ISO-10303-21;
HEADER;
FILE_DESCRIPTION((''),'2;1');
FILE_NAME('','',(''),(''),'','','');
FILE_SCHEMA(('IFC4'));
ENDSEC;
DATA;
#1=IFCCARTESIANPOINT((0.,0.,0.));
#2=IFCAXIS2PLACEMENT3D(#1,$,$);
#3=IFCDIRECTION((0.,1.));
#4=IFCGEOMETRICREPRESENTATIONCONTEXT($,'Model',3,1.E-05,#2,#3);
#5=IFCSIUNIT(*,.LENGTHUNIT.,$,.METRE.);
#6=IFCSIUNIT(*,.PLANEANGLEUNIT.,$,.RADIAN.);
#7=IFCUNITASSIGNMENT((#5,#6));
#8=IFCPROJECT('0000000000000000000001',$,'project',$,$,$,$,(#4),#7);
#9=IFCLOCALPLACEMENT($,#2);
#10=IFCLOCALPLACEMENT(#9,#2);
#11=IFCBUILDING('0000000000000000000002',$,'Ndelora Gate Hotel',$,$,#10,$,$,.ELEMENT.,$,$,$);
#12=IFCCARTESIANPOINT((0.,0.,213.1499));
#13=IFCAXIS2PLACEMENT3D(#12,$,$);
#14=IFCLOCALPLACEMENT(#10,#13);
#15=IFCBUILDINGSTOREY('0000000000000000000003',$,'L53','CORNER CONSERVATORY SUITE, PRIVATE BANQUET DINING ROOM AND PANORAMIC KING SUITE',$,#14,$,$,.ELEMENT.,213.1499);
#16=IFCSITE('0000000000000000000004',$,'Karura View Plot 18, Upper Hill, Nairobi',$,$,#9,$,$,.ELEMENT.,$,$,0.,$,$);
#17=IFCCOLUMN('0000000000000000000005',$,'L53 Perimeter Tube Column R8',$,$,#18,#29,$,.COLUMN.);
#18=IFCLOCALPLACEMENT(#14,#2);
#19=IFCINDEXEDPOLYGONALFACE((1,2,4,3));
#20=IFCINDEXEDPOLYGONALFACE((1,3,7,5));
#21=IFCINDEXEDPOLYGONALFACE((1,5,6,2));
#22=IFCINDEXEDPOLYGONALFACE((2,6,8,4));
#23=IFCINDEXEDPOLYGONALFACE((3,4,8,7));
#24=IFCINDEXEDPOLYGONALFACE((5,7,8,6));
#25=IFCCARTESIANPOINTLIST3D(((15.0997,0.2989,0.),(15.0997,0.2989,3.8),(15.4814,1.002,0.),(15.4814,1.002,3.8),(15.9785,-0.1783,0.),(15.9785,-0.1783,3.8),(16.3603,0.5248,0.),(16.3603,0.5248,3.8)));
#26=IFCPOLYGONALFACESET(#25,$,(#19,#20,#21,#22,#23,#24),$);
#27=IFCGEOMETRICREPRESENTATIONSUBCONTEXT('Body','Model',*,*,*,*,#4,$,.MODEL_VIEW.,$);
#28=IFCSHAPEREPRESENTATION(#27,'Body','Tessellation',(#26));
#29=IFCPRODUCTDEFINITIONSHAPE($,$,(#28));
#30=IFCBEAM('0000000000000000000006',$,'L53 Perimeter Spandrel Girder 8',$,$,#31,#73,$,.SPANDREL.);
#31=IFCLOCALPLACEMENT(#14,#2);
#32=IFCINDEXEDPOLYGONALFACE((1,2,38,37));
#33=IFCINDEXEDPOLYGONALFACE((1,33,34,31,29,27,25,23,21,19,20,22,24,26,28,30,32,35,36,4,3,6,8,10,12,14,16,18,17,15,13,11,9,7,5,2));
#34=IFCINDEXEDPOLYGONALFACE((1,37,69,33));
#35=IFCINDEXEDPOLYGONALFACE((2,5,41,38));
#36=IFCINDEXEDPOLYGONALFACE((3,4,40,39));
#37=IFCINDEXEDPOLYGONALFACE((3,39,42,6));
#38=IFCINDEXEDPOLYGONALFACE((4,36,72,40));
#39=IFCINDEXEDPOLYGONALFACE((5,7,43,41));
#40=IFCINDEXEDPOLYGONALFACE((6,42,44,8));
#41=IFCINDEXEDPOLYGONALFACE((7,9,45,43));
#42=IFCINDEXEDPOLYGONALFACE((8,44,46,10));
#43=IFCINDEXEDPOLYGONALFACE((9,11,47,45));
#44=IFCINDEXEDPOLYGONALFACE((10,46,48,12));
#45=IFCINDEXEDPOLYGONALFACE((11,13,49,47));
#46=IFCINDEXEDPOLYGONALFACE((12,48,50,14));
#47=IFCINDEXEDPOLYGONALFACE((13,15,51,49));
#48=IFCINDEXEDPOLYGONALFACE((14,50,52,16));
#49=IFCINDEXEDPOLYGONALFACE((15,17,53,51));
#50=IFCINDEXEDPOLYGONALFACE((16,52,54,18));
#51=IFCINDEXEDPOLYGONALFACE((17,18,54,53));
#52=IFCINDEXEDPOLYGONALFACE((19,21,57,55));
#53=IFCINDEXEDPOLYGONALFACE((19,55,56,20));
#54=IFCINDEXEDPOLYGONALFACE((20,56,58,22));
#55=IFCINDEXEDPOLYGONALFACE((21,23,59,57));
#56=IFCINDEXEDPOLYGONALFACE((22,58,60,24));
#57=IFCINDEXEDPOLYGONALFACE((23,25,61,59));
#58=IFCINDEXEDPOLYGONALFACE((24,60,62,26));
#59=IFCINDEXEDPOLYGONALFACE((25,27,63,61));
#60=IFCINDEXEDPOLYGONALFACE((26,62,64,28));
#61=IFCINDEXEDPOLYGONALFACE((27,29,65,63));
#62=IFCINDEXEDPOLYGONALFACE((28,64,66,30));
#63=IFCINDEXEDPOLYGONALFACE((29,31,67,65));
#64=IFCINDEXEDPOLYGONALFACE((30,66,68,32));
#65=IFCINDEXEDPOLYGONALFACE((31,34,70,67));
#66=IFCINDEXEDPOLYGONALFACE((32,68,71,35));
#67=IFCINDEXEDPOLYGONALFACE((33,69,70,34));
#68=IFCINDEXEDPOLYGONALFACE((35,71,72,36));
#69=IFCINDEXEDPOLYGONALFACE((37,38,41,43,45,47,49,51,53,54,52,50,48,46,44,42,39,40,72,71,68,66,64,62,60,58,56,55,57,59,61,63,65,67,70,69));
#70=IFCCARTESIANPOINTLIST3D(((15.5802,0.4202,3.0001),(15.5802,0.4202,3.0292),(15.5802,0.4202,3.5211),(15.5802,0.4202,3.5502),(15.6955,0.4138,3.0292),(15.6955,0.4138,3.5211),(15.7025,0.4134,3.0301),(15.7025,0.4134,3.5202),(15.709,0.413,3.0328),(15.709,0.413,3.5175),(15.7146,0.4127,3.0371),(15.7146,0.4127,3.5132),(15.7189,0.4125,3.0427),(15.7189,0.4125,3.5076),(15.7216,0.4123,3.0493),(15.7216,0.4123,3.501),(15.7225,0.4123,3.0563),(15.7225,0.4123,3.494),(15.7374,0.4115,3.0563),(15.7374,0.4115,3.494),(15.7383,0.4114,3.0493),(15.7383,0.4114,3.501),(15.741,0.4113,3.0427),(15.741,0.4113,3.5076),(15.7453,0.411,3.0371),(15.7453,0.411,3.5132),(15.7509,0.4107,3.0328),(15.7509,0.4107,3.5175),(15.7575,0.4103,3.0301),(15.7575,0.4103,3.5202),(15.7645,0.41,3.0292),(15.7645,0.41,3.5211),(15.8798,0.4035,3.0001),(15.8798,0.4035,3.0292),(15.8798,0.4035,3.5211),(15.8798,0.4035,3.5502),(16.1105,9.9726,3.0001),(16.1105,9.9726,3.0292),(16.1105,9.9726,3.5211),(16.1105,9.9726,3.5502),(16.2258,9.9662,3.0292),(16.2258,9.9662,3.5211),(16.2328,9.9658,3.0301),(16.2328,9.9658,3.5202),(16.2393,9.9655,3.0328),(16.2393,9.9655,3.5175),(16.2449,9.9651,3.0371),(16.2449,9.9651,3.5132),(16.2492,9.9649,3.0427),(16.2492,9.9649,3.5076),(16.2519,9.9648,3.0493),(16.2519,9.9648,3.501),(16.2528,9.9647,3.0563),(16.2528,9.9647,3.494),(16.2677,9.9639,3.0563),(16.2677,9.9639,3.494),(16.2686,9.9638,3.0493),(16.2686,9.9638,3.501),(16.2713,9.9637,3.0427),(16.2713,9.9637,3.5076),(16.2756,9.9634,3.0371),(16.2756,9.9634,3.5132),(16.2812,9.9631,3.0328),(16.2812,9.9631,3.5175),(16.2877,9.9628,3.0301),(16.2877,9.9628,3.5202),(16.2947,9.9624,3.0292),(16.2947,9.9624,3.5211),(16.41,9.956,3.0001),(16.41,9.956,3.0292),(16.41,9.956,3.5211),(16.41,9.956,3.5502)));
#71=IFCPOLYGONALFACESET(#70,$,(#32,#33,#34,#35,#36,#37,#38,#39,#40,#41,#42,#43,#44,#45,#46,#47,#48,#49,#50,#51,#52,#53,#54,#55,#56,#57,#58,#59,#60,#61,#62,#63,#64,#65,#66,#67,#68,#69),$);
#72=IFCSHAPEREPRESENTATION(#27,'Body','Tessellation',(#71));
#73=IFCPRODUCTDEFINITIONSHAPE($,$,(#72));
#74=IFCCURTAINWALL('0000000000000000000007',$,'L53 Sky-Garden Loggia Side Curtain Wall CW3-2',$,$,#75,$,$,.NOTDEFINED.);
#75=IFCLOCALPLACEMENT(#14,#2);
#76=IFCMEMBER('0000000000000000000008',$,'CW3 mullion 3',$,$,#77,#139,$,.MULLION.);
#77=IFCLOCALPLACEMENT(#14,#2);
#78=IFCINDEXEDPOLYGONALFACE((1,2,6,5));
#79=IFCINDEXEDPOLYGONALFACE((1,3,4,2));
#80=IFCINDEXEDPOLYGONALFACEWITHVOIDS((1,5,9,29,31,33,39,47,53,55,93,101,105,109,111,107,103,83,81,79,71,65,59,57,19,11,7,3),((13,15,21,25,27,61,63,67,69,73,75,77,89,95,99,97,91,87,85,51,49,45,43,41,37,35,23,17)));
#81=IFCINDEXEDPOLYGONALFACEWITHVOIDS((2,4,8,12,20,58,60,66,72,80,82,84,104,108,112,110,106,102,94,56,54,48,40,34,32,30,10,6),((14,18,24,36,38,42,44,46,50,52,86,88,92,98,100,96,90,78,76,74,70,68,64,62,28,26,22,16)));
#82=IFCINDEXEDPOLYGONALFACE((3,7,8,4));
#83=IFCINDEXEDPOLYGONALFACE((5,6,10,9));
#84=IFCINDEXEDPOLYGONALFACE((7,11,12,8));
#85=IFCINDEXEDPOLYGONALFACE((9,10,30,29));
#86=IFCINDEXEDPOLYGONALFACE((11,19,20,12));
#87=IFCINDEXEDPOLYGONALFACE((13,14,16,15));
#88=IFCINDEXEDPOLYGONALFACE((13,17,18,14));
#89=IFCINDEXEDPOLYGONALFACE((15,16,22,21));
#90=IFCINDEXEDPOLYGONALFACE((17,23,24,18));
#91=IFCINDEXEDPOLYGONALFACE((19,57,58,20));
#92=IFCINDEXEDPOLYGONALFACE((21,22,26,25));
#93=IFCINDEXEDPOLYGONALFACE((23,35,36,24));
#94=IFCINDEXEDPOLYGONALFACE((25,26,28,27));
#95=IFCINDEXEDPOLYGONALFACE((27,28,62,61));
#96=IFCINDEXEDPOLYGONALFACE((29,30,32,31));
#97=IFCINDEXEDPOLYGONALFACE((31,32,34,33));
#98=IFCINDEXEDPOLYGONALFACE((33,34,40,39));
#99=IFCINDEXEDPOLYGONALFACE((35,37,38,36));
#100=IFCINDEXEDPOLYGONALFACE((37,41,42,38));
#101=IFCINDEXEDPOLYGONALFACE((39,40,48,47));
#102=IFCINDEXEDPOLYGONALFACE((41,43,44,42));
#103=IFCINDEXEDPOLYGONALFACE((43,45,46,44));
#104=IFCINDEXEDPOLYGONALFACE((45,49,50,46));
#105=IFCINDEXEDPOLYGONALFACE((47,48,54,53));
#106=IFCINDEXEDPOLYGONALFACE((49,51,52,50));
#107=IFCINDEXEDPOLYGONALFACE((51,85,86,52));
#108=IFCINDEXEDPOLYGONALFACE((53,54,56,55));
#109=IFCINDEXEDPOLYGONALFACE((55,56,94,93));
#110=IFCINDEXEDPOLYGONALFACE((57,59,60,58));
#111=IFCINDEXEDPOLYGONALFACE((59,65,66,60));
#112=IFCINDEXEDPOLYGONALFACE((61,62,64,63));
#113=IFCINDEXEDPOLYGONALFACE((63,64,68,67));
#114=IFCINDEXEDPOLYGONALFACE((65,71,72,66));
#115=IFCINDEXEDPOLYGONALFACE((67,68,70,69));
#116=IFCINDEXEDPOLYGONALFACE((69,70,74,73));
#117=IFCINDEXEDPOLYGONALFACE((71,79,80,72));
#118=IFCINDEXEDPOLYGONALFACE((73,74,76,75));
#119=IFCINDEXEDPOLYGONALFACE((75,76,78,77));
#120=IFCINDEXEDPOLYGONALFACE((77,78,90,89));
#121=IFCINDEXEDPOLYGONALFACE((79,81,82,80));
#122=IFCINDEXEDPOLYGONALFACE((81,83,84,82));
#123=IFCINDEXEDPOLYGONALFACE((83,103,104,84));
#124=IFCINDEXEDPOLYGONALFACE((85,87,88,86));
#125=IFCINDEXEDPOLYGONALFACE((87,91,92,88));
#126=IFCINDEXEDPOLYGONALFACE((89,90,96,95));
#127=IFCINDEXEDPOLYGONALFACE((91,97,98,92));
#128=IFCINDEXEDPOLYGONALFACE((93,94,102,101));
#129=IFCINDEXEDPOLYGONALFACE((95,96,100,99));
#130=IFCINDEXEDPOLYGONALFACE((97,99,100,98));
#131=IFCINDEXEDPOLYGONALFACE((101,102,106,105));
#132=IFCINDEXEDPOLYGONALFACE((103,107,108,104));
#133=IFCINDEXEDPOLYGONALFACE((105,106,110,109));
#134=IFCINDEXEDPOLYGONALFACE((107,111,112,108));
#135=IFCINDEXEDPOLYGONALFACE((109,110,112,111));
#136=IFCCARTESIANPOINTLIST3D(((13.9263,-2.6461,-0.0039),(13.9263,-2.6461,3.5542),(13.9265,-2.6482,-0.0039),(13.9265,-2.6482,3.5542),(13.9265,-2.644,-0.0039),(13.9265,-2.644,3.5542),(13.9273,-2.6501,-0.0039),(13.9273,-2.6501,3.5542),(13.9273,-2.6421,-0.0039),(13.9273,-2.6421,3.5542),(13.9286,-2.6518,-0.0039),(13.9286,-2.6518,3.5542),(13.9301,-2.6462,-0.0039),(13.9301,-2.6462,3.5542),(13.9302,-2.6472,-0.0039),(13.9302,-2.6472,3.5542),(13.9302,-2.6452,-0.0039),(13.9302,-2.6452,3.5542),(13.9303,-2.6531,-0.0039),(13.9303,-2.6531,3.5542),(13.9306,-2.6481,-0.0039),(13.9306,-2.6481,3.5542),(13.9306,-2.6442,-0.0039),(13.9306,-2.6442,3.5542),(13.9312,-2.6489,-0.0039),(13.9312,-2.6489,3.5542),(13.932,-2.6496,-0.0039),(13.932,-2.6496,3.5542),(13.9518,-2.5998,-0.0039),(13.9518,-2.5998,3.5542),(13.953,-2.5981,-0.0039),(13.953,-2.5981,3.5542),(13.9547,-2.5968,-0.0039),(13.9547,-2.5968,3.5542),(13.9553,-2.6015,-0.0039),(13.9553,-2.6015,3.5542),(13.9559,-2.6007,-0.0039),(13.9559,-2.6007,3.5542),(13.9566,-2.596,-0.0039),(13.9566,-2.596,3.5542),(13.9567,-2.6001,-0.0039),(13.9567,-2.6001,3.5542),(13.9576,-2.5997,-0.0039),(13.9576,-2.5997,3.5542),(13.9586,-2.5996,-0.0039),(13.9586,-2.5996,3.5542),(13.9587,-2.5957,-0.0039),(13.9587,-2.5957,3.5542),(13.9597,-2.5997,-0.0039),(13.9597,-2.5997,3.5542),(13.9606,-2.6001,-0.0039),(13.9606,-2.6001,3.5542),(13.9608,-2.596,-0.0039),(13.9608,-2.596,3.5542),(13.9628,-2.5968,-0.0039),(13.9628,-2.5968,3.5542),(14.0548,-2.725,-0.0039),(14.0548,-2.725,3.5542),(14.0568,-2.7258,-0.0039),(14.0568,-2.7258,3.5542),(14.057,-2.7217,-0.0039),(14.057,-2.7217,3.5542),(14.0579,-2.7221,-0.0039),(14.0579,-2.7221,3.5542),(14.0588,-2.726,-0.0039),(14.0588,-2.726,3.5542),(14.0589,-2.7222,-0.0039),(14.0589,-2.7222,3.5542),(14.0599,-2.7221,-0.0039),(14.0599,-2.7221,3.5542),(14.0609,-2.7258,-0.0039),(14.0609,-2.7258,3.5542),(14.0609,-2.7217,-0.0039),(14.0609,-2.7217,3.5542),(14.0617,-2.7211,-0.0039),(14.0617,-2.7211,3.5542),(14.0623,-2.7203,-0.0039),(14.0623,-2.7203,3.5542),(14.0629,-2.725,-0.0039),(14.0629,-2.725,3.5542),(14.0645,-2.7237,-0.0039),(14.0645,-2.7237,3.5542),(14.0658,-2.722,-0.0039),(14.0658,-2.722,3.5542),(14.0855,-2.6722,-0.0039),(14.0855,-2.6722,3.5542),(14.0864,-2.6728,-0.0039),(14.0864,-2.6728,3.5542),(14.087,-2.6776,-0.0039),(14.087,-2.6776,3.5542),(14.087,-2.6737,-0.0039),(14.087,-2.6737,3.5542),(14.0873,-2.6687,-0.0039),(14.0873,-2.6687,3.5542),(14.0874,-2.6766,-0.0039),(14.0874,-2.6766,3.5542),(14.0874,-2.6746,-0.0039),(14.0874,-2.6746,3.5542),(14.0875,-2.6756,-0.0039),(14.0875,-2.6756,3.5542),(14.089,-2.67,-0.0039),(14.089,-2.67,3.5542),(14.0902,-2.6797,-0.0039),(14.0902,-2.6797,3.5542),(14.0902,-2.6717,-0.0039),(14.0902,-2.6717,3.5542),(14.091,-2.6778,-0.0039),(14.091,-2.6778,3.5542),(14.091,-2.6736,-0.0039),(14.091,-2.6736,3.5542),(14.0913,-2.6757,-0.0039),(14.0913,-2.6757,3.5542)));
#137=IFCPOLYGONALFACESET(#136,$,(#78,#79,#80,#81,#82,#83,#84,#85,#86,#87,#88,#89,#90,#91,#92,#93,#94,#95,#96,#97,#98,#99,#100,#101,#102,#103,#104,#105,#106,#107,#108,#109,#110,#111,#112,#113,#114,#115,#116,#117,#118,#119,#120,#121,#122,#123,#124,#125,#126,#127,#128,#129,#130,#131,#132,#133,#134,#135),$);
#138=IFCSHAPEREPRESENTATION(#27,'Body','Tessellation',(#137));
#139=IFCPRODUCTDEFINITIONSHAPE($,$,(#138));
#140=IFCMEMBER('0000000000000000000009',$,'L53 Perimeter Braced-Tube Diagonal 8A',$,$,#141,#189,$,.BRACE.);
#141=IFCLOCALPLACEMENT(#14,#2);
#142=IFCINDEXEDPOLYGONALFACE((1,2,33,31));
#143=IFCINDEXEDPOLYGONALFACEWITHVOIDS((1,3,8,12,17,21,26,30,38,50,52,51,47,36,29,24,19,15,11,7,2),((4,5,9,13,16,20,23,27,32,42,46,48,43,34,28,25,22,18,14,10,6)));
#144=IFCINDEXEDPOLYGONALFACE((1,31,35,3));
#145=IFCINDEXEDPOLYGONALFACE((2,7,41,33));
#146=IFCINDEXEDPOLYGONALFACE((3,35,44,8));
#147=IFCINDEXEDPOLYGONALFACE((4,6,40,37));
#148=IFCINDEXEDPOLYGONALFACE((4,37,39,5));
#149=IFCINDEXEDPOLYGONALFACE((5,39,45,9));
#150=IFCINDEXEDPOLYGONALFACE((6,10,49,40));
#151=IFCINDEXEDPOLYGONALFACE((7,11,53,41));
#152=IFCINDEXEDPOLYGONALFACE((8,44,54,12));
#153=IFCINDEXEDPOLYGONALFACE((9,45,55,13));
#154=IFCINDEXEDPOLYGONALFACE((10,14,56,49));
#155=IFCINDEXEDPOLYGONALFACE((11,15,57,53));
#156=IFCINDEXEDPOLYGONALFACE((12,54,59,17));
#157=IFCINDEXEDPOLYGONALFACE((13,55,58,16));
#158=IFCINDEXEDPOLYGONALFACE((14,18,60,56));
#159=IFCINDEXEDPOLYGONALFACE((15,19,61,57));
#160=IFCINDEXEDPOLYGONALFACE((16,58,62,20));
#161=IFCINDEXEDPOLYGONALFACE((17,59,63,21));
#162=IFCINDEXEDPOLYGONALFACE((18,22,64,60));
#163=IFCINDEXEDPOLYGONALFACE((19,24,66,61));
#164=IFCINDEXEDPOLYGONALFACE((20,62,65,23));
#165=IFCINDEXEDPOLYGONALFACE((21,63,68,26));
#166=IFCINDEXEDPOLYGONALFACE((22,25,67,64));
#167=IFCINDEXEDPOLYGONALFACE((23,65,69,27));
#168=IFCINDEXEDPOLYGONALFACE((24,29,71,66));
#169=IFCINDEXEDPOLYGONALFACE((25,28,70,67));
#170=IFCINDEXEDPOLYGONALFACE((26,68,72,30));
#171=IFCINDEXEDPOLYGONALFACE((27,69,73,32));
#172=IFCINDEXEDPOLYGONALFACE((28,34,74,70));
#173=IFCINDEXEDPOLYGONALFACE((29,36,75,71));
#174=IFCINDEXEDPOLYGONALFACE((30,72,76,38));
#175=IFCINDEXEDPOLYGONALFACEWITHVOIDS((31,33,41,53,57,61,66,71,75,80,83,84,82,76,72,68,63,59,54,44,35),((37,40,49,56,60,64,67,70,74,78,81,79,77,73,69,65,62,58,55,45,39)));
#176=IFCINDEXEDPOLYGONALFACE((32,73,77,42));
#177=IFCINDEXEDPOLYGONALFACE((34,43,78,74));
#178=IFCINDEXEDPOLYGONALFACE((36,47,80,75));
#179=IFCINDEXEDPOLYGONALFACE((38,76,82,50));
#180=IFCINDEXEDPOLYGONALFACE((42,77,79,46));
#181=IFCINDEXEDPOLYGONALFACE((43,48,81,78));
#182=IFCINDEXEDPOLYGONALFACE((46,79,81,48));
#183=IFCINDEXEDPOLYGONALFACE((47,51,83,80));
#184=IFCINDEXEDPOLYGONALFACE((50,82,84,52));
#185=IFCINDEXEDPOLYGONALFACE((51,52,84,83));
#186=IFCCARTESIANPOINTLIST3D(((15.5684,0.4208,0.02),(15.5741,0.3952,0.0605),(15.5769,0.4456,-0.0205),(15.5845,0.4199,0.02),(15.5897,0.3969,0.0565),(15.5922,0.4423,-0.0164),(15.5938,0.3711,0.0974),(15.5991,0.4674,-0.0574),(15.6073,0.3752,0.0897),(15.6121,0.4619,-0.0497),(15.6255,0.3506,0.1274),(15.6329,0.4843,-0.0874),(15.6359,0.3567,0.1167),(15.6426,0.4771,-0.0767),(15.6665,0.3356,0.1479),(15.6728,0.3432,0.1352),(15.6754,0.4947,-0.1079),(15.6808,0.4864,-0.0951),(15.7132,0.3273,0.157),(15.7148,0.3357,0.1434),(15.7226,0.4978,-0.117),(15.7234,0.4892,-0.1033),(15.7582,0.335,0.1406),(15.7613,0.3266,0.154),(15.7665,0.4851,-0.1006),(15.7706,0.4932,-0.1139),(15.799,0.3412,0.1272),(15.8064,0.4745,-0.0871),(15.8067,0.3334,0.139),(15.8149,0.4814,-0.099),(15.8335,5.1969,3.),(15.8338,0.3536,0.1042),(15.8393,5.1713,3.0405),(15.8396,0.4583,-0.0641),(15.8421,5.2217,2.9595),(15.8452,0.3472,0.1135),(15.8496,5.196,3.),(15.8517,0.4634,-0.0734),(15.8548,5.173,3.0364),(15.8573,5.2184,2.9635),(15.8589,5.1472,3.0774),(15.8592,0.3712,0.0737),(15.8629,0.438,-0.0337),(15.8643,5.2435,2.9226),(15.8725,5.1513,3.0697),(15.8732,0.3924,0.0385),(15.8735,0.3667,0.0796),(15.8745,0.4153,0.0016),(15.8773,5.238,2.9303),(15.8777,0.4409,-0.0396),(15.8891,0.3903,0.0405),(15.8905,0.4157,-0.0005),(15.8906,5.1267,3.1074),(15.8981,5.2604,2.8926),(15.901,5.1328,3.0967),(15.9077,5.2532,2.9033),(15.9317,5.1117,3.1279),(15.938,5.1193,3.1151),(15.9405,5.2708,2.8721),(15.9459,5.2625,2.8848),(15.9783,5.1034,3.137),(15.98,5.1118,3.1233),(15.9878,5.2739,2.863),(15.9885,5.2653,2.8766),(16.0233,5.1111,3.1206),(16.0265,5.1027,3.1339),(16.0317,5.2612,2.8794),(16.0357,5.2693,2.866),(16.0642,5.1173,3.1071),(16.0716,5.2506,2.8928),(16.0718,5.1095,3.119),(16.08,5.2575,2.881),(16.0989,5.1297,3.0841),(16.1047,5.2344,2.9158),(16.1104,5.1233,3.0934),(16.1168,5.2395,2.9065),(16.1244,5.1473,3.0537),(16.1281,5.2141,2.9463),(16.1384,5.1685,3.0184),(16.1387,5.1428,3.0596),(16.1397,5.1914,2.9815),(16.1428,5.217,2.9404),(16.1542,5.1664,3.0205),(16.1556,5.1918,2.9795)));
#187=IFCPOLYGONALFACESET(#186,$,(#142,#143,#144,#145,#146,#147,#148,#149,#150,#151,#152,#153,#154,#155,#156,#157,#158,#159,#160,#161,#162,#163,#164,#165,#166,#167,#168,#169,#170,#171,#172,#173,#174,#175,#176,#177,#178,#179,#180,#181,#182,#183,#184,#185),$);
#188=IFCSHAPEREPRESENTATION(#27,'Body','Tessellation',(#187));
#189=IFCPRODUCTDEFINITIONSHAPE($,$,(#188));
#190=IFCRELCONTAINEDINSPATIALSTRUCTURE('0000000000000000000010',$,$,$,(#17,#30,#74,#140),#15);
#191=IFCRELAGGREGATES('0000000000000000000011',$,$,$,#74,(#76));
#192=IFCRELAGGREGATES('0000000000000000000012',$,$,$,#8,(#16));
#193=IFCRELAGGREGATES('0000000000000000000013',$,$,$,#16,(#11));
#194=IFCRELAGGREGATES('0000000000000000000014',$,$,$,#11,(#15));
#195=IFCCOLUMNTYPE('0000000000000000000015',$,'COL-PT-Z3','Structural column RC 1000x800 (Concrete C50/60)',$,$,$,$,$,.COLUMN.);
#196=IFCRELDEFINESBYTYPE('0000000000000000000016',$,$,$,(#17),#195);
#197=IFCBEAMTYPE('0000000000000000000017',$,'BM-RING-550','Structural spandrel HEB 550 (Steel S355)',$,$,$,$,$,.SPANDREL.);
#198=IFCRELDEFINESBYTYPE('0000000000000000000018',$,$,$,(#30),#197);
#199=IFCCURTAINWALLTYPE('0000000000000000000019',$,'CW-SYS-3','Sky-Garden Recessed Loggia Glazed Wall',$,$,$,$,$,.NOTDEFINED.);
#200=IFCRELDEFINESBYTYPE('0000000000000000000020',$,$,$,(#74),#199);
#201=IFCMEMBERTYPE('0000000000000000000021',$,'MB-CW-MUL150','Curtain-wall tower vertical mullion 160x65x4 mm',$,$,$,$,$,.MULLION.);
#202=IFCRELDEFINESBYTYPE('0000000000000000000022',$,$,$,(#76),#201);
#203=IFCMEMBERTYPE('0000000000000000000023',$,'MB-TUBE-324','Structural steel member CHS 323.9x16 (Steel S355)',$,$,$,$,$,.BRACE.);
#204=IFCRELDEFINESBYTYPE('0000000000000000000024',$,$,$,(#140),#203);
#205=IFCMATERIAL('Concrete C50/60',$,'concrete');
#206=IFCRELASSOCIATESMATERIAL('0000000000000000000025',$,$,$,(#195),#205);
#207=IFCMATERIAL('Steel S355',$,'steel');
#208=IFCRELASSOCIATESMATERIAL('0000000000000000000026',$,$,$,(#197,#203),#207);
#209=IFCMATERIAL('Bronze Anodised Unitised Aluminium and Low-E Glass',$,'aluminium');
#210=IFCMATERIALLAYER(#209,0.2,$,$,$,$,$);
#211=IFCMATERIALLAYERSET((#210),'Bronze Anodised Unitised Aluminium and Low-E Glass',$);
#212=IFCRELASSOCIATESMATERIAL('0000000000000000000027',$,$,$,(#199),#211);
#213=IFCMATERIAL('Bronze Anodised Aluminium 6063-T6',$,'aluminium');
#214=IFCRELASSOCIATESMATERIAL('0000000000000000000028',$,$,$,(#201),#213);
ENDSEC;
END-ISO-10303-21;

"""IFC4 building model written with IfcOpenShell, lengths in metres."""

from ifc_helpers import new_model, si_unit, direction, frame, origin, origin_2d, place, context, subcontext, project, spatial, rectangle, hollow_rectangle, hollow_circle, i_section, extrude, material, layer, layer_set, material_profile, profile_set, type_object, element, aggregate, save


model = new_model("IFC4")

# Units and contexts
model_context = context("Model", 3, precision=1e-05, world=origin(), true_north=direction((0.0, 1.0)))
body_context = subcontext(model_context, "Body", "Model", "MODEL_VIEW")
ifc_project = project(units=[si_unit("LENGTHUNIT", "METRE"), si_unit("PLANEANGLEUNIT", "RADIAN")], contexts=[model_context])

# Site, building, storey
site_placement = place(None, origin())
site = spatial("IfcSite", under=ifc_project, at=site_placement, Name="Karura View Plot 18, Upper Hill, Nairobi", CompositionType="ELEMENT", RefElevation=0.0)
building_placement = place(site_placement, origin())
building = spatial("IfcBuilding", under=site, at=building_placement, Name="Ndelora Gate Hotel", CompositionType="ELEMENT")
storey_placement = place(building_placement, frame((0.0, 0.0, 213.1499)))
storey = spatial("IfcBuildingStorey", under=building, at=storey_placement, Name="L53", Description="CORNER CONSERVATORY SUITE, PRIVATE BANQUET DINING ROOM AND PANORAMIC KING SUITE", CompositionType="ELEMENT", Elevation=213.1499)

# Column
ifc_material_1 = material(Name="Concrete C50/60", Category="concrete")
ifc_material_profile_1 = material_profile(ifc_material_1, rectangle(XDim=0.8, YDim=1.0, at=origin_2d()), Name="RC 1000x800")
ifc_profile_set_1 = profile_set([ifc_material_profile_1], Name="Concrete C50/60")
column_type = type_object("IfcColumnType", Name="COL-PT-Z3", Description="Structural column RC 1000x800 (Concrete C50/60)", PredefinedType="COLUMN", material=ifc_profile_set_1)
column_placement = place(storey_placement, frame((15.73, 0.4119, 0.0), z_axis=(0.0, 0.0, 1.0), x_axis=(0.477159, 0.878817, 0.0)))
element("IfcColumn", 1, at=column_placement, inside=storey, type_object=column_type, Name="L53 Perimeter Tube Column R8", PredefinedType="COLUMN", context=body_context, shape_type="SweptSolid", body=[
    extrude(rectangle(XDim=0.8, YDim=1.0, at=origin_2d()), origin(), (0.0, 0.0, 1.0), 3.8),
])

# Beam
ifc_material_2 = material(Name="Steel S355", Category="steel")
ifc_material_profile_2 = material_profile(ifc_material_2, i_section(OverallWidth=0.3, OverallDepth=0.55, WebThickness=0.0149, FlangeThickness=0.0291, FilletRadius=0.0271, at=origin_2d()), Name="HEB 550")
ifc_profile_set_2 = profile_set([ifc_material_profile_2], Name="Steel S355")
beam_type = type_object("IfcBeamType", Name="BM-RING-550", Description="Structural spandrel HEB 550 (Steel S355)", PredefinedType="SPANDREL", material=ifc_profile_set_2)
beam_placement = place(storey_placement, frame((15.73, 0.4119, 3.2751), z_axis=(0.055426, 0.998463, 0.0), x_axis=(-0.998463, 0.055426, 0.0)))
element("IfcBeam", 2, at=beam_placement, inside=storey, type_object=beam_type, Name="L53 Perimeter Spandrel Girder 8", PredefinedType="SPANDREL", context=body_context, shape_type="SweptSolid", body=[
    extrude(i_section(OverallWidth=0.3, OverallDepth=0.55, WebThickness=0.0149, FlangeThickness=0.0291, FilletRadius=0.0271, at=origin_2d()), origin(), (0.0, 0.0, 1.0), 9.5671),
])

# Curtain wall, member
ifc_material_3 = material(Name="Bronze Anodised Unitised Aluminium and Low-E Glass", Category="aluminium")
ifc_layer_1 = layer(ifc_material_3, 0.2)
ifc_layer_set_1 = layer_set([ifc_layer_1], Name="Bronze Anodised Unitised Aluminium and Low-E Glass")
curtain_wall_type = type_object("IfcCurtainWallType", Name="CW-SYS-3", Description="Sky-Garden Recessed Loggia Glazed Wall", PredefinedType="NOTDEFINED", material=ifc_layer_set_1)
curtain_wall_placement = place(storey_placement, origin())
curtain_wall = element("IfcCurtainWall", 3, at=curtain_wall_placement, inside=storey, type_object=curtain_wall_type, Name="L53 Sky-Garden Loggia Side Curtain Wall CW3-2", PredefinedType="NOTDEFINED")
ifc_material_4 = material(Name="Bronze Anodised Aluminium 6063-T6", Category="aluminium")
ifc_material_profile_3 = material_profile(ifc_material_4, hollow_rectangle(XDim=0.0649, YDim=0.1599, WallThickness=0.0039, InnerFilletRadius=0.0039, OuterFilletRadius=0.0081, at=origin_2d()), Name="ALU 160x65x4")
ifc_profile_set_3 = profile_set([ifc_material_profile_3], Name="Bronze Anodised Aluminium 6063-T6")
member_type_1 = type_object("IfcMemberType", Name="MB-CW-MUL150", Description="Curtain-wall tower vertical mullion 160x65x4 mm", PredefinedType="MULLION", material=ifc_profile_set_3)
member_1_placement = place(storey_placement, frame((14.0088, -2.6609, -0.0039), z_axis=(0.0, 0.0, 1.0), x_axis=(-0.499991, -0.86603, 0.0)))
member_1 = element("IfcMember", 4, at=member_1_placement, type_object=member_type_1, Name="CW3 mullion 3", PredefinedType="MULLION", context=body_context, shape_type="SweptSolid", body=[
    extrude(hollow_rectangle(XDim=0.0649, YDim=0.1599, WallThickness=0.0039, InnerFilletRadius=0.0039, OuterFilletRadius=0.0081, at=origin_2d()), origin(), (0.0, 0.0, 1.0), 3.5581),
])

# Member
ifc_material_profile_4 = material_profile(ifc_material_2, hollow_circle(Radius=0.1619, WallThickness=0.0161, at=origin_2d()), Name="CHS 323.9x16")
ifc_profile_set_4 = profile_set([ifc_material_profile_4], Name="Steel S355")
member_type_2 = type_object("IfcMemberType", Name="MB-TUBE-324", Description="Structural steel member CHS 323.9x16 (Steel S355)", PredefinedType="BRACE", material=ifc_profile_set_4)
member_2_placement = place(storey_placement, frame((15.73, 0.4119, 0.02), z_axis=(0.047045, 0.847466, 0.528762), x_axis=(-0.998463, 0.055428, 0.0)))
element("IfcMember", 5, at=member_2_placement, inside=storey, type_object=member_type_2, Name="L53 Perimeter Braced-Tube Diagonal 8A", PredefinedType="BRACE", context=body_context, shape_type="SweptSolid", body=[
    extrude(hollow_circle(Radius=0.1619, WallThickness=0.0161, at=origin_2d()), origin(), (0.0, 0.0, 1.0), 5.6357),
])

aggregate(curtain_wall, [member_1])

save(model, "model.ifc")
